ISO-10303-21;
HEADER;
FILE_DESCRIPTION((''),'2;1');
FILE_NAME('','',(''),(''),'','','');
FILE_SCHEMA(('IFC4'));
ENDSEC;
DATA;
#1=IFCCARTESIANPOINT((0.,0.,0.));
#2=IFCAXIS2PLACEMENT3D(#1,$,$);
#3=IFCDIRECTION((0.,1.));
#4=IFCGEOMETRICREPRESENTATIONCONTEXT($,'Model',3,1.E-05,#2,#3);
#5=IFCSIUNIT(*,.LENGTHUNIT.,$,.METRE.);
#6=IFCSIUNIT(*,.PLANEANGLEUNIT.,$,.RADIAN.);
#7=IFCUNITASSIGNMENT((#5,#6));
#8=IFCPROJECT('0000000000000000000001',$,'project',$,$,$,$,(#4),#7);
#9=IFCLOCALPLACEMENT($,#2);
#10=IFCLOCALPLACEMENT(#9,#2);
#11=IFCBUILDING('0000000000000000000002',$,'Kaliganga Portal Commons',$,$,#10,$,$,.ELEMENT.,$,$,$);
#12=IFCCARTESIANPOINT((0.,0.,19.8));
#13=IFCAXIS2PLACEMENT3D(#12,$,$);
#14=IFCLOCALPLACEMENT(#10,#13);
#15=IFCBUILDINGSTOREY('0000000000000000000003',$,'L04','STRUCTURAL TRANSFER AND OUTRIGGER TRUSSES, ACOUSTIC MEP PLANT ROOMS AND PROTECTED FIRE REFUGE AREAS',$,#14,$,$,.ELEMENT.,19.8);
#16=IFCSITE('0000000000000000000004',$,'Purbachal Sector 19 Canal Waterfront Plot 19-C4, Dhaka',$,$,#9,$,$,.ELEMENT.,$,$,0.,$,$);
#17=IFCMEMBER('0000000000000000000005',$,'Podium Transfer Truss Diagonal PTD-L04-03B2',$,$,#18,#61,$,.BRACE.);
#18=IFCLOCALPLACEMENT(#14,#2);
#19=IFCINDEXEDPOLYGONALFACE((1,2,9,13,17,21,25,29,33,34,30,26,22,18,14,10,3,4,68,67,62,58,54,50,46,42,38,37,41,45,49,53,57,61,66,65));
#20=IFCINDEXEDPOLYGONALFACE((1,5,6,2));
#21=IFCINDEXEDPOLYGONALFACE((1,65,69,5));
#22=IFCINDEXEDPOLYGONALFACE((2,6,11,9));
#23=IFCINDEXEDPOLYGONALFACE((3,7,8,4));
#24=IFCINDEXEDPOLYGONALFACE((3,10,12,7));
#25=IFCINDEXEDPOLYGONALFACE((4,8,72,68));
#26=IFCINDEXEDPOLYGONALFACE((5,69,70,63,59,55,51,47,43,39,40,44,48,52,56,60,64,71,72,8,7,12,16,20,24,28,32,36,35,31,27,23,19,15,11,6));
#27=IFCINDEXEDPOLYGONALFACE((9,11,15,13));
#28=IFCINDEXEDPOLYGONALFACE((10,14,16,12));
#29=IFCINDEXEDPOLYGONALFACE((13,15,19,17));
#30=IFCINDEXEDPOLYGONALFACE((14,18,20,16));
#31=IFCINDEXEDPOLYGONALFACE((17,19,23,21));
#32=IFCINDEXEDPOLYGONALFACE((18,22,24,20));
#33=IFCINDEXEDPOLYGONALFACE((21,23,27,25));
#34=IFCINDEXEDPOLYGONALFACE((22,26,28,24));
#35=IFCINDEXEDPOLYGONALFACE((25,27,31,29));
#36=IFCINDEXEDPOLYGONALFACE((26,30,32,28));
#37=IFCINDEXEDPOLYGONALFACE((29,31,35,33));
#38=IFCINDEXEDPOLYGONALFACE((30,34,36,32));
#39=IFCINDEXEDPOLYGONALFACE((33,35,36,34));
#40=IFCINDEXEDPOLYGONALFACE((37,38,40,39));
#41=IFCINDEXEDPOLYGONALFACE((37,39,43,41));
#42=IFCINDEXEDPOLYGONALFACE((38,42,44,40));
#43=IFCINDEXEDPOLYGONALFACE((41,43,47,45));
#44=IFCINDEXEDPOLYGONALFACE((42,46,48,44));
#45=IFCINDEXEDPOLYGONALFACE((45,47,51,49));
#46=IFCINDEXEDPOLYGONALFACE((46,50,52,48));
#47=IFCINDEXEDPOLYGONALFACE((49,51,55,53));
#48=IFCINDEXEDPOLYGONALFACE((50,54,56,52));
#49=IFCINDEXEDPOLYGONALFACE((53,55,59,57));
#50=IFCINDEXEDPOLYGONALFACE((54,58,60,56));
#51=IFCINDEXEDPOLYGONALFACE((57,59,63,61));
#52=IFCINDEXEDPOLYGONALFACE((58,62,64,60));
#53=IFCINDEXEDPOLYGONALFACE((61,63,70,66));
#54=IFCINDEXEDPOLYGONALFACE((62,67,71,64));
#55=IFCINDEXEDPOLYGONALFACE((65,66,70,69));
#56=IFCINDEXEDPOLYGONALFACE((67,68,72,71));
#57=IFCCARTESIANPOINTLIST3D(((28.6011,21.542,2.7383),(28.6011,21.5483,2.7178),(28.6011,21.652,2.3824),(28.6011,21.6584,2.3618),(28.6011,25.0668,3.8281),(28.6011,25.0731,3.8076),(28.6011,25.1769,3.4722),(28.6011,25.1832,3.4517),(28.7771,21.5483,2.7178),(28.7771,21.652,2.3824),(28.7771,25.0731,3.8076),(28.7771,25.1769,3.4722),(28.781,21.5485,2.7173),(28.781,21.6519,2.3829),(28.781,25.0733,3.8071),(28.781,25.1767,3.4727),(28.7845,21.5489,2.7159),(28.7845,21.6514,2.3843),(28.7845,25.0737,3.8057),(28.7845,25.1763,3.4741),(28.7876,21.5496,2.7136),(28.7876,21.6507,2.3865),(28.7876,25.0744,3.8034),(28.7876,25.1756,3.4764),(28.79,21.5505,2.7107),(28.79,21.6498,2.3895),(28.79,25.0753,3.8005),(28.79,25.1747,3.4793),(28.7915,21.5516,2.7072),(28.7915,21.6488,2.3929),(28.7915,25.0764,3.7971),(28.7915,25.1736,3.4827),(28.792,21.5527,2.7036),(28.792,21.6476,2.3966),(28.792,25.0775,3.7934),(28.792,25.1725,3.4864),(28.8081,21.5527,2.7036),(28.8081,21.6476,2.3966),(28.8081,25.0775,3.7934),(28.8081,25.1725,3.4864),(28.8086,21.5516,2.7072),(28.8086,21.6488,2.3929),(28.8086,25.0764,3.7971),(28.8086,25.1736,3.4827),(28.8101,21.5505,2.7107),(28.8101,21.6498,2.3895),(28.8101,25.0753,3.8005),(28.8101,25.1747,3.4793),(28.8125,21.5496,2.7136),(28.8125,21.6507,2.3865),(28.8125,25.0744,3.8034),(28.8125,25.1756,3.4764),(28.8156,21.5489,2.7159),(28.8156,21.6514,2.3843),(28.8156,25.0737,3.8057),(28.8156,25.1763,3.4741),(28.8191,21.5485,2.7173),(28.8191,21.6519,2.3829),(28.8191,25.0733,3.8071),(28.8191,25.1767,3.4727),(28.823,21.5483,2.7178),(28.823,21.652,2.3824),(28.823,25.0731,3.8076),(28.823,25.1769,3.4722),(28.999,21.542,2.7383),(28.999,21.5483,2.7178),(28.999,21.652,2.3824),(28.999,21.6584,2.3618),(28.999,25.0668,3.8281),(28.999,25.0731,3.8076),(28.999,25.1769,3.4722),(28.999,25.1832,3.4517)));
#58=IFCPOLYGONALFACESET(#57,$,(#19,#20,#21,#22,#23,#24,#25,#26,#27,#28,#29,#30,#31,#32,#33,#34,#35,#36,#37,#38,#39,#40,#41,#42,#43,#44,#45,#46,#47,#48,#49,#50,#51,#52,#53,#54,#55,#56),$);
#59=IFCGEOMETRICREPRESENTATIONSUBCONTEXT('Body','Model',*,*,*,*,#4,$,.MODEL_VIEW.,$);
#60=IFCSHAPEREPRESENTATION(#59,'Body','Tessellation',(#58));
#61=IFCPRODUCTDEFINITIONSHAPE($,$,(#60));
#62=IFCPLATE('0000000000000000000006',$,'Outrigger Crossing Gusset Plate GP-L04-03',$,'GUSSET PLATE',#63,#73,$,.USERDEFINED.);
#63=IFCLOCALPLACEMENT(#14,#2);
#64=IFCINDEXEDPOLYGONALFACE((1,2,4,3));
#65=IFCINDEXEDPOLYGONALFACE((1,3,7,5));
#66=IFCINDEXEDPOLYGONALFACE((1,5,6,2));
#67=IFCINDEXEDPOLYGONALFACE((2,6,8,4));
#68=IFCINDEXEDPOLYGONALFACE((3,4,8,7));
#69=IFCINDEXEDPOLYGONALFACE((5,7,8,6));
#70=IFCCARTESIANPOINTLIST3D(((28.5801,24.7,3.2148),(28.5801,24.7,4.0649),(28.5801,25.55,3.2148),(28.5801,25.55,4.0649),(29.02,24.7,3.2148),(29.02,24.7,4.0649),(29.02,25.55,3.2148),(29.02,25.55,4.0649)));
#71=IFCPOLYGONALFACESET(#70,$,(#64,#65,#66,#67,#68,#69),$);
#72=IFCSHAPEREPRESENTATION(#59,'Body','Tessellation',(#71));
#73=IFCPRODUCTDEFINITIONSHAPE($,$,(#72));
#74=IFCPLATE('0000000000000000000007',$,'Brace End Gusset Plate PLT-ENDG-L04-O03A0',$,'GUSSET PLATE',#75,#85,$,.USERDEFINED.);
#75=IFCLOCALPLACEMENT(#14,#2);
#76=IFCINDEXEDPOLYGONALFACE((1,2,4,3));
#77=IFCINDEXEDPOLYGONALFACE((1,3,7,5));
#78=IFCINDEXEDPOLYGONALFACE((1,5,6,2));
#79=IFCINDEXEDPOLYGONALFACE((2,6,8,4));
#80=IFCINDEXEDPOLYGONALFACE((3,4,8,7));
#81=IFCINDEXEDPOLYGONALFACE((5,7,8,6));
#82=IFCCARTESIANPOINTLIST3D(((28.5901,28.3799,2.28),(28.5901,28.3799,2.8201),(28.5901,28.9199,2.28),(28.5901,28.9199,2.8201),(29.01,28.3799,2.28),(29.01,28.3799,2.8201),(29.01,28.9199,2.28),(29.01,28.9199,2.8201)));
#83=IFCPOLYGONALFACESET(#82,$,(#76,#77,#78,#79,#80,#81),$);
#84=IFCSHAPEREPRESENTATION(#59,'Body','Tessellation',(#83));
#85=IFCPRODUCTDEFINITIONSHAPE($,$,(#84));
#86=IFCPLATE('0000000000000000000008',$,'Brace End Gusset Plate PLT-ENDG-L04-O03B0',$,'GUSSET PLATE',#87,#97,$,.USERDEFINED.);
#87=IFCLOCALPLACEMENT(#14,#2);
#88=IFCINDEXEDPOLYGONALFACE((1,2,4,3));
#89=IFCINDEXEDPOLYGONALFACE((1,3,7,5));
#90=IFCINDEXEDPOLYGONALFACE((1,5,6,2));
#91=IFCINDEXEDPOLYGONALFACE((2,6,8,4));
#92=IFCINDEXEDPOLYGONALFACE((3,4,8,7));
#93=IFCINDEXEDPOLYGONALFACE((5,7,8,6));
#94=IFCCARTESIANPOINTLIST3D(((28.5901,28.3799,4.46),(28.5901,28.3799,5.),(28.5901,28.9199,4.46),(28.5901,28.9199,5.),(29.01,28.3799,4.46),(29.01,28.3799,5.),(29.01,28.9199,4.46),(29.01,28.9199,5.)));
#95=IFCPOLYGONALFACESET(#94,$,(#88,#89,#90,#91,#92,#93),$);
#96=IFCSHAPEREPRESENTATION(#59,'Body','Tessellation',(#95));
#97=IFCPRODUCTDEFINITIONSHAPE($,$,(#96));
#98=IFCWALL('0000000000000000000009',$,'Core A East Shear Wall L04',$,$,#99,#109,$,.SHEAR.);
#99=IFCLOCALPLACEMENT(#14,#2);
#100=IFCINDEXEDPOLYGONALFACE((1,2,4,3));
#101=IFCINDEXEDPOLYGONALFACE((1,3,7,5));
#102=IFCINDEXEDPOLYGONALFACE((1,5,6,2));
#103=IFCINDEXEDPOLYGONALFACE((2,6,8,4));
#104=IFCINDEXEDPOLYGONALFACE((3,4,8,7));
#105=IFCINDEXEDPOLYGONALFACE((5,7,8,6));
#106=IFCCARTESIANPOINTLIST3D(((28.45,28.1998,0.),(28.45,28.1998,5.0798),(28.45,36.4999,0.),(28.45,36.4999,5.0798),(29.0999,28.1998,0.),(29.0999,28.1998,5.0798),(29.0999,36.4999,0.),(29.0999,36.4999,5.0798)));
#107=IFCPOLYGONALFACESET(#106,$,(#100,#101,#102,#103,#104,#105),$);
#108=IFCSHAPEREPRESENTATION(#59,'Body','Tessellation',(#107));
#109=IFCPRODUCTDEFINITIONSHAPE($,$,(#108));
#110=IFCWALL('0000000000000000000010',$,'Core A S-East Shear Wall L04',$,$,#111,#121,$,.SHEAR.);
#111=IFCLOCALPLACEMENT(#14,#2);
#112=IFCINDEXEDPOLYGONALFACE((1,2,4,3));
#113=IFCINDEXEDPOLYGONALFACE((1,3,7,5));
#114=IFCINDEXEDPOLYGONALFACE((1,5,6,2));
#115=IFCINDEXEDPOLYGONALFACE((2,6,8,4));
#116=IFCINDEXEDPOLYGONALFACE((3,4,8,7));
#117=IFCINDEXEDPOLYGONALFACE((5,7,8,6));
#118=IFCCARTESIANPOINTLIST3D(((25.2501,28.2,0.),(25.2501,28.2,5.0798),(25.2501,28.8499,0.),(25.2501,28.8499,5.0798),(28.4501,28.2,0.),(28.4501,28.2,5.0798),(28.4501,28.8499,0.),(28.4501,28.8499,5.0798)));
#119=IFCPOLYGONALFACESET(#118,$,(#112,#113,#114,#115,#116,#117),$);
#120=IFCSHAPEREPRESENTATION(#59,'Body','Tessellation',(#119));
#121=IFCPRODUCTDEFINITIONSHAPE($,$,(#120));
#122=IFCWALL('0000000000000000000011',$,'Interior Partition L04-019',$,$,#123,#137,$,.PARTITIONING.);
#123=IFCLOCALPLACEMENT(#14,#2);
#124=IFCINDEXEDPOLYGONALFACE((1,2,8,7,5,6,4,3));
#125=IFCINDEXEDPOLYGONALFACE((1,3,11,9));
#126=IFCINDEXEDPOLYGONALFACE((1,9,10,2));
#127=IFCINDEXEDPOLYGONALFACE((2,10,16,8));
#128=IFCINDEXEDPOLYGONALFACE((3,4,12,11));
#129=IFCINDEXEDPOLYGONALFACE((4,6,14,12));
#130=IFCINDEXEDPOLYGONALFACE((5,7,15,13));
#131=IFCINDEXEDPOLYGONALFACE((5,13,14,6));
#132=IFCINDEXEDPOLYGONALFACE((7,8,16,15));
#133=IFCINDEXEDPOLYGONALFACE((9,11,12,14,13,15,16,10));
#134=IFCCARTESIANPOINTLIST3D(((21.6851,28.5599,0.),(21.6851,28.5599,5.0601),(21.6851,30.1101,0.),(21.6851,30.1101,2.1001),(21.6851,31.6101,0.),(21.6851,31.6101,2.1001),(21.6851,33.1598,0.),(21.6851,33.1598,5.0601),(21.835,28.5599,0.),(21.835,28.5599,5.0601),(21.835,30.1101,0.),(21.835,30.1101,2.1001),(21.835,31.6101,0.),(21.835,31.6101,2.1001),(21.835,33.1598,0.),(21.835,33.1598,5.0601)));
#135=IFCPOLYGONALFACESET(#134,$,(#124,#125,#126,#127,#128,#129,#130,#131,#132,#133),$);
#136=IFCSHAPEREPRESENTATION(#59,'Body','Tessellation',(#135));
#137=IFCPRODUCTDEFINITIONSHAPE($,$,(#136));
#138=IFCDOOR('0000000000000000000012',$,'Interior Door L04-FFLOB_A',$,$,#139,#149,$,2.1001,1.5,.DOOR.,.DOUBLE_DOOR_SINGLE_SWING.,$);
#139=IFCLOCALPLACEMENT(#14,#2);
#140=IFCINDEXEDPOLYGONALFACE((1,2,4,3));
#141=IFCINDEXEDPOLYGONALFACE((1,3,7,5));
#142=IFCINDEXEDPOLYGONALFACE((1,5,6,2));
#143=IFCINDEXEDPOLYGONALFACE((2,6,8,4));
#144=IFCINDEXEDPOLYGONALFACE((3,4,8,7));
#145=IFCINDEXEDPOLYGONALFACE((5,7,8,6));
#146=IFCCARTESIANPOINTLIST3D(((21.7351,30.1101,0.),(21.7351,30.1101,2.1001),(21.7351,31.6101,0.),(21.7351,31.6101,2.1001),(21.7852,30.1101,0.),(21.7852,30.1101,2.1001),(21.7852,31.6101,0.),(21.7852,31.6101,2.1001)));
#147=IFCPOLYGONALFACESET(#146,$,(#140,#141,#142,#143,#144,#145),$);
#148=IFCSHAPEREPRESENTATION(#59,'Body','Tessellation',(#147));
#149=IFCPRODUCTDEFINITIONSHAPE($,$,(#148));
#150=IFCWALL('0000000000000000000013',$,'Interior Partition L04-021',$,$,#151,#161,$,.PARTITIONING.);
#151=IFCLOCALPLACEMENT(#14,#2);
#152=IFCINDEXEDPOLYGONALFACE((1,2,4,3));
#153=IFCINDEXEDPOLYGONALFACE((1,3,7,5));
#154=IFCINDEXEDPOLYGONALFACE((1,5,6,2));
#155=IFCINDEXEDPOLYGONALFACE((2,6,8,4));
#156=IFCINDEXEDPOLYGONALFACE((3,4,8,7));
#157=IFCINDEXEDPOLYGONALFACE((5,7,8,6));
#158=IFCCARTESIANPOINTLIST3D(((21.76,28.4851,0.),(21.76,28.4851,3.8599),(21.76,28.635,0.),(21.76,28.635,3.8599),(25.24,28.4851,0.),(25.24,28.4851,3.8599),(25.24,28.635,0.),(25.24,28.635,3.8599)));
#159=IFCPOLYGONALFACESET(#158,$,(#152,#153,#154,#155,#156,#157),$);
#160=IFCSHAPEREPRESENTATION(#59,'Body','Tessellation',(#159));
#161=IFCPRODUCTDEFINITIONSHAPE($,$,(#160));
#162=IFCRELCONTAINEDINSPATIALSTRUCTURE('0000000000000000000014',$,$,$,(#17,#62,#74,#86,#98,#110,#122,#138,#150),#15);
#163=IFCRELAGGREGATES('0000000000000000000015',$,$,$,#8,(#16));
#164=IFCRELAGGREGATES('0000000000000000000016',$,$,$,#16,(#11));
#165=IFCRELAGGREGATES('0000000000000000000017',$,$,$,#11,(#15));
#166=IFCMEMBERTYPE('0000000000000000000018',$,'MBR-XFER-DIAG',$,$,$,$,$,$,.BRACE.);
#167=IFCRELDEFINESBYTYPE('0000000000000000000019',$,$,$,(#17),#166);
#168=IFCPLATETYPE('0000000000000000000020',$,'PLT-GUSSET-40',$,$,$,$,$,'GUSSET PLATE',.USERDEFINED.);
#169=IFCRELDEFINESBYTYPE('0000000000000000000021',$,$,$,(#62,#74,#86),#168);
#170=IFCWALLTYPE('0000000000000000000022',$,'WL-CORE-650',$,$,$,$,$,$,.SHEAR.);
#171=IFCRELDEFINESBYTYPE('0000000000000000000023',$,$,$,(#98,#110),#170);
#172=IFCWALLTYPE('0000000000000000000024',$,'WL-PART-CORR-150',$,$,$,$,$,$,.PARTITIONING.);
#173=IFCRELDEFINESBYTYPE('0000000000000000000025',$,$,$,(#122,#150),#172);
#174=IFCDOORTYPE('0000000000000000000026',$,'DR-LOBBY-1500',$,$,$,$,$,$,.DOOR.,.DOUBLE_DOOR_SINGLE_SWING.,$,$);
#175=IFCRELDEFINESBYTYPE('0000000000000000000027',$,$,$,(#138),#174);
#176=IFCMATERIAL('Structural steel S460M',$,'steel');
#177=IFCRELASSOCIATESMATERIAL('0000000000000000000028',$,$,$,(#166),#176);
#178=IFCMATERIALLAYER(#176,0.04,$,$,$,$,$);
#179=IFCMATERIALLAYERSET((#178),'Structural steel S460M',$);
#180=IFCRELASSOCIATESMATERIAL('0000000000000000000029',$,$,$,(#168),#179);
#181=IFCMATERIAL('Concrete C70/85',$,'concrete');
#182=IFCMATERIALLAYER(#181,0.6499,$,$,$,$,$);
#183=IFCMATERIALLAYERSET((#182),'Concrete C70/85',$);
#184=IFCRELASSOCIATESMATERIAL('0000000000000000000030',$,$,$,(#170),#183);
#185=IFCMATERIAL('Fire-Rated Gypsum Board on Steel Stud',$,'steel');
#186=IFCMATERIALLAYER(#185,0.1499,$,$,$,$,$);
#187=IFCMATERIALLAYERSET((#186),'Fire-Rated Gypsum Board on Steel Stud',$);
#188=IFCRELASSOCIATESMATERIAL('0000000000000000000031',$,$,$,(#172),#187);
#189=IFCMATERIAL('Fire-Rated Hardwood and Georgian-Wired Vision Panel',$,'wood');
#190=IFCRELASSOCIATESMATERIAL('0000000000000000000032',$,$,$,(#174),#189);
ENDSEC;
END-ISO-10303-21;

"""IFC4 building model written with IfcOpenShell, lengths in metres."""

from ifc_helpers import new_model, si_unit, direction, frame, frame_2d, origin, origin_2d, place, context, subcontext, project, spatial, rectangle, i_section, extrude, source, transform, mapped, material, layer, layer_set, material_profile, profile_set, type_object, element, fill, save


model = new_model("IFC4")

# Units and contexts
model_context = context("Model", 3, precision=1e-05, world=origin(), true_north=direction((0.0, 1.0)))
body_context = subcontext(model_context, "Body", "Model", "MODEL_VIEW")
ifc_project = project(units=[si_unit("LENGTHUNIT", "METRE"), si_unit("PLANEANGLEUNIT", "RADIAN")], contexts=[model_context])

# Site, building, storey
site_placement = place(None, origin())
site = spatial("IfcSite", under=ifc_project, at=site_placement, Name="Purbachal Sector 19 Canal Waterfront Plot 19-C4, Dhaka", CompositionType="ELEMENT", RefElevation=0.0)
building_placement = place(site_placement, origin())
building = spatial("IfcBuilding", under=site, at=building_placement, Name="Kaliganga Portal Commons", CompositionType="ELEMENT")
storey_placement = place(building_placement, frame((0.0, 0.0, 19.8)))
storey = spatial("IfcBuildingStorey", under=building, at=storey_placement, Name="L04", Description="STRUCTURAL TRANSFER AND OUTRIGGER TRUSSES, ACOUSTIC MEP PLANT ROOMS AND PROTECTED FIRE REFUGE AREAS", CompositionType="ELEMENT", Elevation=19.8)

# Shared definitions
ifc_material_1 = material(Name="Concrete C70/85", Category="concrete")

# Member
ifc_material_2 = material(Name="Structural steel S460M", Category="steel")
ifc_material_profile_1 = material_profile(ifc_material_2, i_section(OverallWidth=0.3979, OverallDepth=0.394, WebThickness=0.0161, FlangeThickness=0.0215, FilletRadius=0.0149, at=origin_2d()), Name="HD 400x262")
ifc_profile_set_1 = profile_set([ifc_material_profile_1], Name="Structural steel S460M wide-flange")
member_type_1 = type_object("IfcMemberType", Name="MBR-XFER-DIAG", PredefinedType="BRACE", material=ifc_profile_set_1)
shared_shape_1 = source(origin(), body_context, "Body", "SweptSolid", [
    extrude(i_section(OverallWidth=0.3979, OverallDepth=0.394, WebThickness=0.0161, FlangeThickness=0.0215, FilletRadius=0.0149, at=origin_2d()), origin(), (0.0, 0.0, 1.0), 3.6895),
])
member_1_placement = place(storey_placement, frame((28.8, 25.125, 3.6399), z_axis=(0.0, -0.955378, -0.295388), x_axis=(1.0, 0.0, 0.0)))
element("IfcMember", 1, at=member_1_placement, inside=storey, type_object=member_type_1, Name="Podium Transfer Truss Diagonal PTD-L04-03B2", PredefinedType="BRACE", context=body_context, shape_type="MappedRepresentation", body=[
    mapped(shared_shape_1, transform((0.0, 0.0, 0.0), x_axis=(1.0, 0.0, 0.0), y_axis=(0.0, 1.0, 0.0), z_axis=(0.0, 0.0, 1.0), scale=1.0)),
])

# Plates
ifc_layer_1 = layer(ifc_material_2, 0.04)
ifc_layer_set_1 = layer_set([ifc_layer_1], Name="Structural steel S460M")
plate_type = type_object("IfcPlateType", Name="PLT-GUSSET-40", ElementType="GUSSET PLATE", PredefinedType="USERDEFINED", material=ifc_layer_set_1)
shared_shape_2 = source(origin(), body_context, "Body", "SweptSolid", [
    extrude(rectangle(XDim=0.8501, YDim=0.4399, at=origin_2d()), origin(), (0.0, 0.0, 1.0), 0.8501),
])
plate_placement = place(storey_placement, frame((28.8, 25.125, 3.2148), z_axis=(0.0, 0.0, 1.0), x_axis=(0.0, -1.0, 0.0)))
element("IfcPlate", 2, at=plate_placement, inside=storey, type_object=plate_type, Name="Outrigger Crossing Gusset Plate GP-L04-03", ObjectType="GUSSET PLATE", PredefinedType="USERDEFINED", context=body_context, shape_type="MappedRepresentation", body=[
    mapped(shared_shape_2, transform((0.0, 0.0, 0.0), x_axis=(1.0, 0.0, 0.0), y_axis=(0.0, 1.0, 0.0), z_axis=(0.0, 0.0, 1.0), scale=1.0)),
])
shared_shape_3 = source(origin(), body_context, "Body", "SweptSolid", [
    extrude(rectangle(XDim=0.54, YDim=0.4199, at=origin_2d()), origin(), (0.0, 0.0, 1.0), 0.54),
])
for number, where, z_axis, x_axis, name in (
    (3, (28.8, 28.6499, 2.28), (0.0, 0.0, 1.0), (0.0, -1.0, 0.0), "Brace End Gusset Plate PLT-ENDG-L04-O03A0"),
    (4, (28.8, 28.6499, 4.46), (0.0, 0.0, 1.0), (0.0, -1.0, 0.0), "Brace End Gusset Plate PLT-ENDG-L04-O03B0"),
):
    element("IfcPlate", number, at=place(storey_placement, frame(where, z_axis=z_axis, x_axis=x_axis)), inside=storey, type_object=plate_type, Name=name, ObjectType="GUSSET PLATE", PredefinedType="USERDEFINED", context=body_context, shape_type="MappedRepresentation", body=[
        mapped(shared_shape_3, transform((0.0, 0.0, 0.0), x_axis=(1.0, 0.0, 0.0), y_axis=(0.0, 1.0, 0.0), z_axis=(0.0, 0.0, 1.0), scale=1.0)),
    ])

# Walls
ifc_layer_2 = layer(ifc_material_1, 0.6499)
ifc_layer_set_2 = layer_set([ifc_layer_2], Name="Concrete C70/85")
wall_type_1 = type_object("IfcWallType", Name="WL-CORE-650", PredefinedType="SHEAR", material=ifc_layer_set_2)
wall_1_placement = place(storey_placement, frame((28.7749, 28.2, 0.0), z_axis=(0.0, 0.0, 1.0), x_axis=(0.0, 1.0, 0.0)))
element("IfcWall", 5, at=wall_1_placement, inside=storey, type_object=wall_type_1, Name="Core A East Shear Wall L04", PredefinedType="SHEAR", context=body_context, shape_type="SweptSolid", body=[
    extrude(rectangle(XDim=8.3, YDim=0.6499, at=frame_2d((4.1499, 0.0))), origin(), (0.0, 0.0, 1.0), 5.0798),
])
wall_2_placement = place(storey_placement, frame((25.25, 28.5249, 0.0), z_axis=(0.0, 0.0, 1.0), x_axis=(1.0, 0.0, 0.0)))
element("IfcWall", 6, at=wall_2_placement, inside=storey, type_object=wall_type_1, Name="Core A S-East Shear Wall L04", PredefinedType="SHEAR", context=body_context, shape_type="SweptSolid", body=[
    extrude(rectangle(XDim=3.2, YDim=0.6499, at=frame_2d((1.6001, 0.0))), origin(), (0.0, 0.0, 1.0), 5.0798),
])

# Wall, opening, door
ifc_material_3 = material(Name="Fire-Rated Gypsum Board on Steel Stud", Category="steel")
ifc_layer_3 = layer(ifc_material_3, 0.1499)
ifc_layer_set_3 = layer_set([ifc_layer_3], Name="Fire-Rated Gypsum Board on Steel Stud")
wall_type_2 = type_object("IfcWallType", Name="WL-PART-CORR-150", PredefinedType="PARTITIONING", material=ifc_layer_set_3)
wall_3_placement = place(storey_placement, frame((21.76, 28.5601, 0.0), z_axis=(0.0, 0.0, 1.0), x_axis=(0.0, 1.0, 0.0)))
wall_3 = element("IfcWall", 7, at=wall_3_placement, inside=storey, type_object=wall_type_2, Name="Interior Partition L04-019", PredefinedType="PARTITIONING", context=body_context, shape_type="SweptSolid", body=[
    extrude(rectangle(XDim=4.5999, YDim=0.1499, at=frame_2d((2.2998, 0.0))), origin(), (0.0, 0.0, 1.0), 5.0601),
])
opening_1_placement = place(wall_3_placement, frame((1.55, 0.0, 0.0)))
opening_1 = element("IfcOpeningElement", 8, at=opening_1_placement, cuts=wall_3, PredefinedType="OPENING", context=body_context, shape_type="SweptSolid", body=[
    extrude(rectangle(XDim=1.5, YDim=2.1001, at=frame_2d((0.75, 1.05))), frame((0.0, 0.085, 0.0), z_axis=(0.0, -1.0, 0.0), x_axis=(1.0, 0.0, 0.0)), (0.0, 0.0, 1.0), 0.1699),
])
ifc_material_4 = material(Name="Fire-Rated Hardwood and Georgian-Wired Vision Panel", Category="wood")
door_type_1 = type_object("IfcDoorType", Name="DR-LOBBY-1500", OperationType="DOUBLE_DOOR_SINGLE_SWING", PredefinedType="DOOR", material=ifc_material_4)
door_1_placement = place(opening_1_placement, origin())
door_1 = element("IfcDoor", 9, at=door_1_placement, inside=storey, type_object=door_type_1, Name="Interior Door L04-FFLOB_A", OperationType="DOUBLE_DOOR_SINGLE_SWING", OverallHeight=2.1001, OverallWidth=1.5, PredefinedType="DOOR", context=body_context, shape_type="SweptSolid", body=[
    extrude(rectangle(XDim=1.5, YDim=2.1001, at=frame_2d((0.75, 1.05))), frame((0.0, 0.0249, 0.0), z_axis=(0.0, -1.0, 0.0), x_axis=(1.0, 0.0, 0.0)), (0.0, 0.0, 1.0), 0.05),
])
fill(opening_1, door_1)

# Wall
wall_4_placement = place(storey_placement, frame((21.76, 28.5601, 0.0), z_axis=(0.0, 0.0, 1.0), x_axis=(1.0, 0.0, 0.0)))
element("IfcWall", 10, at=wall_4_placement, inside=storey, type_object=wall_type_2, Name="Interior Partition L04-021", PredefinedType="PARTITIONING", context=body_context, shape_type="SweptSolid", body=[
    extrude(rectangle(XDim=3.48, YDim=0.1499, at=frame_2d((1.74, 0.0))), origin(), (0.0, 0.0, 1.0), 3.8599),
])

save(model, "model.ifc")
